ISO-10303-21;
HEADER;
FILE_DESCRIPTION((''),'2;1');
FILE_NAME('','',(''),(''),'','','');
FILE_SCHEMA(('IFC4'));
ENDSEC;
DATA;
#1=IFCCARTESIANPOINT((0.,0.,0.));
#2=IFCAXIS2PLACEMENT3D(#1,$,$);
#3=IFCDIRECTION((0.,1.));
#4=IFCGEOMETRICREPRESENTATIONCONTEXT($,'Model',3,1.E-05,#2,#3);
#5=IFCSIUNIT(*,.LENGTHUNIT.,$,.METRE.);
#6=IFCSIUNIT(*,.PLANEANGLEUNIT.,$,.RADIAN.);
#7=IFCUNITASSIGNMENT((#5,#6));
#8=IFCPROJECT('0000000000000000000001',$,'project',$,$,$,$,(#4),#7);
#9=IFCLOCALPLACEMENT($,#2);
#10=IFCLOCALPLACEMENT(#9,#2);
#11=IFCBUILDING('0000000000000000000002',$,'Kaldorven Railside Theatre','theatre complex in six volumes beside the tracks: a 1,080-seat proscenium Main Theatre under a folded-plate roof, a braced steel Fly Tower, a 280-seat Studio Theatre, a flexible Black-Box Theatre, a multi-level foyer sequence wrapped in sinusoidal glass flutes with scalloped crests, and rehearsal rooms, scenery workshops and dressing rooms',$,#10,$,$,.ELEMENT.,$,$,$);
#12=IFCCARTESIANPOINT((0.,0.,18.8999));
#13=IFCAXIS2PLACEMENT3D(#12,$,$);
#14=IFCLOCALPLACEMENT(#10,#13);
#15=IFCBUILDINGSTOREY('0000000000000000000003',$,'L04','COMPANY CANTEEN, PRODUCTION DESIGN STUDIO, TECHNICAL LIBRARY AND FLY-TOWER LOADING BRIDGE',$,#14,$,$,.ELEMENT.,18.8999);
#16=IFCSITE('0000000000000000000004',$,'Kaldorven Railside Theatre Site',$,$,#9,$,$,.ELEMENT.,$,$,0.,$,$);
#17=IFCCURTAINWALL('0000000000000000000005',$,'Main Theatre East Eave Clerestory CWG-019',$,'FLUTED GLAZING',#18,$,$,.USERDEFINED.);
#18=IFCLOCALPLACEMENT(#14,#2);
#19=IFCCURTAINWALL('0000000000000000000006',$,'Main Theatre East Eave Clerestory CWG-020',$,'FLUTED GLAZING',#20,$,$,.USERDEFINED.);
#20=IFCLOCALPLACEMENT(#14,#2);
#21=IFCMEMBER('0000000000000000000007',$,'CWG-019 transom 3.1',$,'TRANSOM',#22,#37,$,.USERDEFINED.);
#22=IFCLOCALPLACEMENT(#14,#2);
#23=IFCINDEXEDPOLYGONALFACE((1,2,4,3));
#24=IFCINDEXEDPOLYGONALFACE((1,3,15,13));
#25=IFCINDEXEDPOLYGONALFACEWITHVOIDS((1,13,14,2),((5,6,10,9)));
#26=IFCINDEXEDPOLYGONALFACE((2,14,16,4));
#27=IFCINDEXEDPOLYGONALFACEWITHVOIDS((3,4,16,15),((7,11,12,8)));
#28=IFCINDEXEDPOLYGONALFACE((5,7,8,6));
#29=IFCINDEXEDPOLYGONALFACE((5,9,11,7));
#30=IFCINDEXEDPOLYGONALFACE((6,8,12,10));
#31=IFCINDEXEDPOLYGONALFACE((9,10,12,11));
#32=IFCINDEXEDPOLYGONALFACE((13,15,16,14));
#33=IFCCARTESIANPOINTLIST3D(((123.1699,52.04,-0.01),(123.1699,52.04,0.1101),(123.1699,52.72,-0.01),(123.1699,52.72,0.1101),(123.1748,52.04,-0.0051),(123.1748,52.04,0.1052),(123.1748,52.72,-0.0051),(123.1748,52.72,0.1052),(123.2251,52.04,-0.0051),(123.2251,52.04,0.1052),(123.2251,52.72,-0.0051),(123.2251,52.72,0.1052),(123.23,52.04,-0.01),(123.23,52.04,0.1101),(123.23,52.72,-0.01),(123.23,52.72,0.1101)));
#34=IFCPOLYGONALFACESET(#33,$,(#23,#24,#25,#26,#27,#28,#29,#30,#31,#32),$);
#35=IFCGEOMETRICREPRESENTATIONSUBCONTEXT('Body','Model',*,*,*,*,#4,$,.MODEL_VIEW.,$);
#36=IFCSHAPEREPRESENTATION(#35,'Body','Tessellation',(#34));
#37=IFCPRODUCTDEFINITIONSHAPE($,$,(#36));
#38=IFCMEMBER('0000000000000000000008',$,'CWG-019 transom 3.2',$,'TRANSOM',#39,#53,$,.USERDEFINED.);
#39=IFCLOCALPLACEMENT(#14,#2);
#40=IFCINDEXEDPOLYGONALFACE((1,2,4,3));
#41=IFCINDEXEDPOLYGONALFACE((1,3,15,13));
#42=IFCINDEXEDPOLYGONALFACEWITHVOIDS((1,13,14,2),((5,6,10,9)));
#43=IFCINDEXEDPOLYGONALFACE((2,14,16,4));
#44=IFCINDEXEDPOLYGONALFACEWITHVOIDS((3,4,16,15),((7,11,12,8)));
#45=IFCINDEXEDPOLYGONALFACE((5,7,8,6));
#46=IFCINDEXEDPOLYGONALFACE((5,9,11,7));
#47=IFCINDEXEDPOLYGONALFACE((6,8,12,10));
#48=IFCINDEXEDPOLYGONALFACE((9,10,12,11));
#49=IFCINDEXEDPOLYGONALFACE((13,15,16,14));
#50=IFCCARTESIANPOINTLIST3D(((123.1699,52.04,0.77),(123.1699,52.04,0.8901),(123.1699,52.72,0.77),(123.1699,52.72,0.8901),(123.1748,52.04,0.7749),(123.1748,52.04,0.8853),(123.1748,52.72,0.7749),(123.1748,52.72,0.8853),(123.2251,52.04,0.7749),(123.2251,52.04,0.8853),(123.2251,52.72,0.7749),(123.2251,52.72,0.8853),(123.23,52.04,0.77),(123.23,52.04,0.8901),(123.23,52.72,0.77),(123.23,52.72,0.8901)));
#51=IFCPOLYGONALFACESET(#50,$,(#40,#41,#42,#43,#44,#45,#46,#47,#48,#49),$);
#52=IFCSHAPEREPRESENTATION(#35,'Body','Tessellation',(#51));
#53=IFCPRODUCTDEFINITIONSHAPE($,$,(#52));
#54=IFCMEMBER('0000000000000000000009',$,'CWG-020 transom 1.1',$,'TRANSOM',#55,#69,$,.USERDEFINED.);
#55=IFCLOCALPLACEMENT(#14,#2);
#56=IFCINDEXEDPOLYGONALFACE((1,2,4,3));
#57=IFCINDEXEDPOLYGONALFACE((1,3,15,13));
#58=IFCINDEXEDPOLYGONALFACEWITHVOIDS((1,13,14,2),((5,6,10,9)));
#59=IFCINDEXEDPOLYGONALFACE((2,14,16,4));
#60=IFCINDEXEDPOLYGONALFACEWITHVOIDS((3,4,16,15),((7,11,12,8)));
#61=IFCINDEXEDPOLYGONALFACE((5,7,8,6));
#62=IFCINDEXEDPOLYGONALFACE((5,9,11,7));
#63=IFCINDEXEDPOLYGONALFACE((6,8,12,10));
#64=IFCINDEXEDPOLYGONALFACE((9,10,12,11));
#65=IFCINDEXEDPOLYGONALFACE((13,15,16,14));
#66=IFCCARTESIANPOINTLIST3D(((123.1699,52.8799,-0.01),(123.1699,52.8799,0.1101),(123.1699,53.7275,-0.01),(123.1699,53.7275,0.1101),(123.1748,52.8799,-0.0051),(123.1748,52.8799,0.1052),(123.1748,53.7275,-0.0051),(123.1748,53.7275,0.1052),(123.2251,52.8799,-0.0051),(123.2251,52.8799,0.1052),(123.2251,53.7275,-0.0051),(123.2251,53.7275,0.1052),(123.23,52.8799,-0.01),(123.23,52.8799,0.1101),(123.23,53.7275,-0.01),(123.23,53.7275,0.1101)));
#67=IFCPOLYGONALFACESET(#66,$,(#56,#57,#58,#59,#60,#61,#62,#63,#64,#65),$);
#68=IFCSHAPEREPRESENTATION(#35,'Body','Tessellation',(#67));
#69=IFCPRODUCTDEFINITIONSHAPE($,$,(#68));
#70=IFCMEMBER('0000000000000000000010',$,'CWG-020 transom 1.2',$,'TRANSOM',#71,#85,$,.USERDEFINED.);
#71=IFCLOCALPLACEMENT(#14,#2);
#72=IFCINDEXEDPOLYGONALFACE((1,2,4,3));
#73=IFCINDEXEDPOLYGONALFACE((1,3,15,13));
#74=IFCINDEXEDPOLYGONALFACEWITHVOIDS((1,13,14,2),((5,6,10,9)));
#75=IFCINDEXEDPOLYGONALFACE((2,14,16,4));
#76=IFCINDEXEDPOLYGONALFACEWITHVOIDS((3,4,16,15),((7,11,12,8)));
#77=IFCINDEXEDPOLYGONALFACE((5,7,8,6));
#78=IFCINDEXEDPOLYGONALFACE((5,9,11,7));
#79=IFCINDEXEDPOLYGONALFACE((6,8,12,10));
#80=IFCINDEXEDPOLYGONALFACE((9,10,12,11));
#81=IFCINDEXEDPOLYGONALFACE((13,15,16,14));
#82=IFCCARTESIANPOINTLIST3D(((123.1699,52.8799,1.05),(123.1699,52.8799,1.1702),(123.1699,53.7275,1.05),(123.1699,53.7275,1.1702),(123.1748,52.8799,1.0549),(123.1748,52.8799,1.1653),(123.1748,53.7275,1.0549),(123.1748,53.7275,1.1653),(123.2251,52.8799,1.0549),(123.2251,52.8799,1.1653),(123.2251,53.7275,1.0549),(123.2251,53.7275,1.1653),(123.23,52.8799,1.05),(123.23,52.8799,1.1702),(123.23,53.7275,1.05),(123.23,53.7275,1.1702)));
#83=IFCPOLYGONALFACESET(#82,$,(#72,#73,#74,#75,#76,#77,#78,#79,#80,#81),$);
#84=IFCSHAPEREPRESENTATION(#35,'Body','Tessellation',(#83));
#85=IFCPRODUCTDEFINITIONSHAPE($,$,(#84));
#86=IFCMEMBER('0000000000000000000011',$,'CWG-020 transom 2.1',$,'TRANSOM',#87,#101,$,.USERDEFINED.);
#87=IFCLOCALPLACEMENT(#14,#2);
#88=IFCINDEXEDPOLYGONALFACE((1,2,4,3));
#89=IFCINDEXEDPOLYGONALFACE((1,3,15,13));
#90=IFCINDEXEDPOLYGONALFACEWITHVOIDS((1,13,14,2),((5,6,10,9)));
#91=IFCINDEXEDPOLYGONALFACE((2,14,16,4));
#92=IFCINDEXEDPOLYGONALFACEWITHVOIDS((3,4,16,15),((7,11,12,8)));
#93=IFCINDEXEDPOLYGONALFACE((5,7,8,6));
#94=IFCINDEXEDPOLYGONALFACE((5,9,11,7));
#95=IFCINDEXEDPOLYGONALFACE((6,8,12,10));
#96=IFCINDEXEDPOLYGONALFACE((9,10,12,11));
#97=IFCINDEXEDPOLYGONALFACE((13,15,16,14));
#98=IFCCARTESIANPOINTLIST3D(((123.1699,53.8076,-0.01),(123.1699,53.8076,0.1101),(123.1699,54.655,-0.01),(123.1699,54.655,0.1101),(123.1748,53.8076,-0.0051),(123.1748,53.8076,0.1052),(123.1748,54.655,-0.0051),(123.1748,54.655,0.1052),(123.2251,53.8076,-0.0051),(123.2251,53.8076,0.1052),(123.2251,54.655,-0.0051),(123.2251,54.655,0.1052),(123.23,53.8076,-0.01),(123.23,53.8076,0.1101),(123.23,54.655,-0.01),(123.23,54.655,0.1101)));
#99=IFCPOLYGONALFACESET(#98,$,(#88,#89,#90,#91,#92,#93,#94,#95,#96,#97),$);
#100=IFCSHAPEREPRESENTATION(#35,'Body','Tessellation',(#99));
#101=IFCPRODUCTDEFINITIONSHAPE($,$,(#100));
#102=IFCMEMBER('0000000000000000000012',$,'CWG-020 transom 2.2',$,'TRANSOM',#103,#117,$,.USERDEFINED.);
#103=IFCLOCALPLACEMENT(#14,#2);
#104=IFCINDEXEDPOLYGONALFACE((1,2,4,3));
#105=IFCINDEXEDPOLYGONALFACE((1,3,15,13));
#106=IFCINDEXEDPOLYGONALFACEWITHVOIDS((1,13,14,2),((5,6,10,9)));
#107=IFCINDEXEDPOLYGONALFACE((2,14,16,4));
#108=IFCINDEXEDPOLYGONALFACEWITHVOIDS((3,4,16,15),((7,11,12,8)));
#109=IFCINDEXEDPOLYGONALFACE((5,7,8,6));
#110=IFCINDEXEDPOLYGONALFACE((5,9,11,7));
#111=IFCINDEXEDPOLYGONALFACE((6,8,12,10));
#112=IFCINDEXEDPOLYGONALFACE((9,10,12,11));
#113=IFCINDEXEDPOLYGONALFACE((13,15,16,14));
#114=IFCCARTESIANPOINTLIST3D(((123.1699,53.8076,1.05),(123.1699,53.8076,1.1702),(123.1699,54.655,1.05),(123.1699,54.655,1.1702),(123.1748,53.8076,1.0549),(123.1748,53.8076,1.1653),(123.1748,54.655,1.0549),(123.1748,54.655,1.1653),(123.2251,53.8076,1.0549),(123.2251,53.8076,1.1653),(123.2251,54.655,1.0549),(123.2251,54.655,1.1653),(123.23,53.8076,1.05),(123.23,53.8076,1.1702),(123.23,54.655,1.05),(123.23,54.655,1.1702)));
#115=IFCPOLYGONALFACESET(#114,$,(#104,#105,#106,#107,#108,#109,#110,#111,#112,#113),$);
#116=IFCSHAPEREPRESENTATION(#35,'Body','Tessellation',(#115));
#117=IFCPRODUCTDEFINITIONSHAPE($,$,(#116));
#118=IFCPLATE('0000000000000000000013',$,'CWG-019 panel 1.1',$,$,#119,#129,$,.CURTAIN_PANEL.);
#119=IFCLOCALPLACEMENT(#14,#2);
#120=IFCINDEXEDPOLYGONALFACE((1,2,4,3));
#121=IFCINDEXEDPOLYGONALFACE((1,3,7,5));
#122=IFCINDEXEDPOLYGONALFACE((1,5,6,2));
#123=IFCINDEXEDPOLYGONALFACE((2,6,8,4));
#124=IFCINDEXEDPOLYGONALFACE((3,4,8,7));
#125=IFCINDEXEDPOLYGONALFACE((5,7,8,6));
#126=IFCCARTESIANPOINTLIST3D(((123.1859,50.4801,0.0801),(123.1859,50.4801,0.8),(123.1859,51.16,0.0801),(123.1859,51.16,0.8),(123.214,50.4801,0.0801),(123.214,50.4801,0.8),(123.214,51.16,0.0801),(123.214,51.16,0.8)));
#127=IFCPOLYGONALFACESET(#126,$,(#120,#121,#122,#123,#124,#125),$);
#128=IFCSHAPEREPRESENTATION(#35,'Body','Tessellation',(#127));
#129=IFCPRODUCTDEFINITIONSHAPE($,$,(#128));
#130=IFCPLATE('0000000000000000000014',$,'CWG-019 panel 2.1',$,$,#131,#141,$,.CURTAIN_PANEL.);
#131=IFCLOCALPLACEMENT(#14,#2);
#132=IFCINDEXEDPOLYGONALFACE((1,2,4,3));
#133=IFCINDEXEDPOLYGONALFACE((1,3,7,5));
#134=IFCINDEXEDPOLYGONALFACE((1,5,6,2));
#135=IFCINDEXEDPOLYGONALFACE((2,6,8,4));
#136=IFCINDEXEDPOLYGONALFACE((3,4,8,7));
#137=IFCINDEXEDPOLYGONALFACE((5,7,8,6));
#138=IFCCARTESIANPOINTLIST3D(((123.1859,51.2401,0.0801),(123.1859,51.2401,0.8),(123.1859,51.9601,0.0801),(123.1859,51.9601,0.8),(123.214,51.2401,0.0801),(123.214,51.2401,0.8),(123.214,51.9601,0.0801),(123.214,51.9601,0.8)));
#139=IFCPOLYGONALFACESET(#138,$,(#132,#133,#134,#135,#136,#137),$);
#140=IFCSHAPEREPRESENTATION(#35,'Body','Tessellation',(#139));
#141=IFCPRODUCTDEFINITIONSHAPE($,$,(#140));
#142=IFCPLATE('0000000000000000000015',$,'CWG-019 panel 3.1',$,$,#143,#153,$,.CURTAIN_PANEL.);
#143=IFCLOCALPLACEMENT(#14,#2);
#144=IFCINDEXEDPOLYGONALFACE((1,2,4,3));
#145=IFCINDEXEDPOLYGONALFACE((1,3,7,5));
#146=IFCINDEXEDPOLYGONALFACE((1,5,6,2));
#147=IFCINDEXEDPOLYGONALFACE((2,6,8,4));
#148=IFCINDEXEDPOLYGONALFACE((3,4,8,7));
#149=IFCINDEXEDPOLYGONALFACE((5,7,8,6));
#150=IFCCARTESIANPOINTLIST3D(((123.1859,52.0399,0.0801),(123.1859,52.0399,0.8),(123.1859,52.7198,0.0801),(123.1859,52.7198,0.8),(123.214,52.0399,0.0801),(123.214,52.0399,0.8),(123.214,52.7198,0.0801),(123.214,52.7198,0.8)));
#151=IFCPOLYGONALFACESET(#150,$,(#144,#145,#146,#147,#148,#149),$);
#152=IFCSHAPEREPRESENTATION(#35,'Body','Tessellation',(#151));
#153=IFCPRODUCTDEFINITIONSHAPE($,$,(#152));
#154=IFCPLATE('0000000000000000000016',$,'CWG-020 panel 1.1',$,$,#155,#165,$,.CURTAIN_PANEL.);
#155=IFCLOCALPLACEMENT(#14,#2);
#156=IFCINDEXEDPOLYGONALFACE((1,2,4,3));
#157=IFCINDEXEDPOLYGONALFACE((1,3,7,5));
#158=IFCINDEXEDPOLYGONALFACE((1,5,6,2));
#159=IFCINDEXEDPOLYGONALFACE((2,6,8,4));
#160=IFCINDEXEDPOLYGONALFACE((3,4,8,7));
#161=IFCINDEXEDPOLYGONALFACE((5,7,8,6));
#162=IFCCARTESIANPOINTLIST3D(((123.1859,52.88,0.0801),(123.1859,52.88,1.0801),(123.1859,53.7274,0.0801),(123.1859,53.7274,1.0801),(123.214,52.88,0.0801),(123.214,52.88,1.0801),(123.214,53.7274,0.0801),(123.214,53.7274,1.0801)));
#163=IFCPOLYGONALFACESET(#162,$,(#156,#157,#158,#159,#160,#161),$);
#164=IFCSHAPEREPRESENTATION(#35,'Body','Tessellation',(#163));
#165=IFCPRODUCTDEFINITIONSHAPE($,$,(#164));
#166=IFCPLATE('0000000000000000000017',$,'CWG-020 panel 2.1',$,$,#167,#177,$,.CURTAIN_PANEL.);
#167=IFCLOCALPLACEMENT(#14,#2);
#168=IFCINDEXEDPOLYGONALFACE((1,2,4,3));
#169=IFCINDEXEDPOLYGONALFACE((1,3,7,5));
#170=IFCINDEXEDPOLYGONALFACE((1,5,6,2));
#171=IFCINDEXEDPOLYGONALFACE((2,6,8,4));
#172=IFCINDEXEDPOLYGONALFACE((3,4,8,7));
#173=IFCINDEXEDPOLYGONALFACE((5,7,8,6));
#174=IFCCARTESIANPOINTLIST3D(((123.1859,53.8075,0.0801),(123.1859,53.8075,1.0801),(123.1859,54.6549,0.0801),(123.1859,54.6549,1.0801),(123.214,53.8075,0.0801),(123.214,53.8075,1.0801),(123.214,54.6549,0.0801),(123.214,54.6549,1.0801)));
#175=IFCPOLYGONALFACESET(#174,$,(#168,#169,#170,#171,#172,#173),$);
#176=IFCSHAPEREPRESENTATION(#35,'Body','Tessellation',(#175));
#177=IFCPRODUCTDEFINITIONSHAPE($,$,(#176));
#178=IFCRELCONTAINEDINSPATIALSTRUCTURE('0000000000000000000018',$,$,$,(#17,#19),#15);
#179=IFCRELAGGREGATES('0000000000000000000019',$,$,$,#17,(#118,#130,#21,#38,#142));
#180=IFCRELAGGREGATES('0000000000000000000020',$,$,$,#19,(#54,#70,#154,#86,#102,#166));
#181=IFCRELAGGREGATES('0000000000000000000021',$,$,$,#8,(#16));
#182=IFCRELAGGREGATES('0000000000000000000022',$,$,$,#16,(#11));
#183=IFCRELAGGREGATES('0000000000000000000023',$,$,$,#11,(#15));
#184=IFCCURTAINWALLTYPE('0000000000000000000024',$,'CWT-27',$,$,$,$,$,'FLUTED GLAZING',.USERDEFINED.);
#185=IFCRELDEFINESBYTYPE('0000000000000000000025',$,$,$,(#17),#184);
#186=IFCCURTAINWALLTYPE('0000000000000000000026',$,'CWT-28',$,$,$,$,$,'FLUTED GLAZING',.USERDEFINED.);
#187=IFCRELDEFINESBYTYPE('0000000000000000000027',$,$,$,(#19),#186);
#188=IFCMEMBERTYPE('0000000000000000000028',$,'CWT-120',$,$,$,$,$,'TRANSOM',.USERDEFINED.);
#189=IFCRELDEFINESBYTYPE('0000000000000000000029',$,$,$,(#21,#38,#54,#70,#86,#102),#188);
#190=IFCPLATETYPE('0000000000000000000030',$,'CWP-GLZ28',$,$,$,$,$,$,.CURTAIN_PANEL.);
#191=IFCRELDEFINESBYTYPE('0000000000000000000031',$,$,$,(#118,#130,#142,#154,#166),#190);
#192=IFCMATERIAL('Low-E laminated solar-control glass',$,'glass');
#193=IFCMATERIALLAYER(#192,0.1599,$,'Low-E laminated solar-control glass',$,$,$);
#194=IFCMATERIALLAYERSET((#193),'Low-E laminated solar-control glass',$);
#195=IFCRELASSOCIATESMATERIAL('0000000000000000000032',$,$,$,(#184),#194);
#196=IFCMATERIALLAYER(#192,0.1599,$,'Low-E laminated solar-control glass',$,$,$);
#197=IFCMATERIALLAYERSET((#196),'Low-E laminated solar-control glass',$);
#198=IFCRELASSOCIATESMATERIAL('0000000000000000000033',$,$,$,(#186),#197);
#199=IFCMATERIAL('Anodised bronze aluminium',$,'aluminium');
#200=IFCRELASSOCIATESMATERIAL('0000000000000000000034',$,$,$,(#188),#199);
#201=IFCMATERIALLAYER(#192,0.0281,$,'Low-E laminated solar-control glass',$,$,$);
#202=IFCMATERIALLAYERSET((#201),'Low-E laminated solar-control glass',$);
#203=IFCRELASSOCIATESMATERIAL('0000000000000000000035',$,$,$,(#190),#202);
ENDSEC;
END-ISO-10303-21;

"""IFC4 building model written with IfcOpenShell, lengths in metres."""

from ifc_helpers import new_model, si_unit, direction, frame, origin, origin_2d, place, context, subcontext, project, spatial, rectangle, hollow_rectangle, extrude, material, layer, layer_set, material_profile, profile_set, type_object, element, aggregate, save


model = new_model("IFC4")

# Units and contexts
model_context = context("Model", 3, precision=1e-05, world=origin(), true_north=direction((0.0, 1.0)))
body_context = subcontext(model_context, "Body", "Model", "MODEL_VIEW")
ifc_project = project(units=[si_unit("LENGTHUNIT", "METRE"), si_unit("PLANEANGLEUNIT", "RADIAN")], contexts=[model_context])

# Site, building, storey
site_placement = place(None, origin())
site = spatial("IfcSite", under=ifc_project, at=site_placement, Name="Kaldorven Railside Theatre Site", CompositionType="ELEMENT", RefElevation=0.0)
building_placement = place(site_placement, origin())
building = spatial("IfcBuilding", under=site, at=building_placement, Name="Kaldorven Railside Theatre", Description="theatre complex in six volumes beside the tracks: a 1,080-seat proscenium Main Theatre under a folded-plate roof, a braced steel Fly Tower, a 280-seat Studio Theatre, a flexible Black-Box Theatre, a multi-level foyer sequence wrapped in sinusoidal glass flutes with scalloped crests, and rehearsal rooms, scenery workshops and dressing rooms", CompositionType="ELEMENT")
storey_placement = place(building_placement, frame((0.0, 0.0, 18.8999)))
storey = spatial("IfcBuildingStorey", under=building, at=storey_placement, Name="L04", Description="COMPANY CANTEEN, PRODUCTION DESIGN STUDIO, TECHNICAL LIBRARY AND FLY-TOWER LOADING BRIDGE", CompositionType="ELEMENT", Elevation=18.8999)

# Curtain walls
ifc_material_1 = material(Name="Low-E laminated solar-control glass", Category="glass")
ifc_layer_1 = layer(ifc_material_1, 0.1599, Name="Low-E laminated solar-control glass")
ifc_layer_set_1 = layer_set([ifc_layer_1], Name="Low-E laminated solar-control glass")
curtain_wall_type_1 = type_object("IfcCurtainWallType", Name="CWT-27", ElementType="FLUTED GLAZING", PredefinedType="USERDEFINED", material=ifc_layer_set_1)
curtain_wall_1_placement = place(storey_placement, origin())
curtain_wall_1 = element("IfcCurtainWall", 1, at=curtain_wall_1_placement, inside=storey, type_object=curtain_wall_type_1, Name="Main Theatre East Eave Clerestory CWG-019", ObjectType="FLUTED GLAZING", PredefinedType="USERDEFINED")
ifc_material_2 = material(Name="Anodised bronze aluminium", Category="aluminium")
ifc_layer_2 = layer(ifc_material_1, 0.1599, Name="Low-E laminated solar-control glass")
ifc_layer_set_2 = layer_set([ifc_layer_2], Name="Low-E laminated solar-control glass")
curtain_wall_type_2 = type_object("IfcCurtainWallType", Name="CWT-28", ElementType="FLUTED GLAZING", PredefinedType="USERDEFINED", material=ifc_layer_set_2)
curtain_wall_2_placement = place(storey_placement, origin())
curtain_wall_2 = element("IfcCurtainWall", 2, at=curtain_wall_2_placement, inside=storey, type_object=curtain_wall_type_2, Name="Main Theatre East Eave Clerestory CWG-020", ObjectType="FLUTED GLAZING", PredefinedType="USERDEFINED")

# Members
ifc_material_profile_1 = material_profile(ifc_material_2, hollow_rectangle(XDim=0.0601, YDim=0.1201, WallThickness=0.0049, at=origin_2d()), Name="RHS 120x60x5")
ifc_profile_set_1 = profile_set([ifc_material_profile_1], Name="Anodised bronze aluminium")
member_type_1 = type_object("IfcMemberType", Name="CWT-120", ElementType="TRANSOM", PredefinedType="USERDEFINED", material=ifc_profile_set_1)
member_1_placement = place(storey_placement, frame((123.2, 52.04, 0.05), z_axis=(0.0, 1.0, 0.0), x_axis=(-1.0, 0.0, 0.0)))
member_1 = element("IfcMember", 3, at=member_1_placement, type_object=member_type_1, Name="CWG-019 transom 3.1", ObjectType="TRANSOM", PredefinedType="USERDEFINED", context=body_context, shape_type="SweptSolid", body=[
    extrude(hollow_rectangle(XDim=0.0601, YDim=0.1201, WallThickness=0.0049, at=origin_2d()), origin(), (0.0, 0.0, 1.0), 0.6799),
])
member_2_placement = place(storey_placement, frame((123.2, 52.04, 0.8301), z_axis=(0.0, 1.0, 0.0), x_axis=(-1.0, 0.0, 0.0)))
member_2 = element("IfcMember", 4, at=member_2_placement, type_object=member_type_1, Name="CWG-019 transom 3.2", ObjectType="TRANSOM", PredefinedType="USERDEFINED", context=body_context, shape_type="SweptSolid", body=[
    extrude(hollow_rectangle(XDim=0.0601, YDim=0.1201, WallThickness=0.0049, at=origin_2d()), origin(), (0.0, 0.0, 1.0), 0.6799),
])
member_3_placement = place(storey_placement, frame((123.2, 52.8799, 0.05), z_axis=(0.0, 1.0, 0.0), x_axis=(-1.0, 0.0, 0.0)))
member_3 = element("IfcMember", 5, at=member_3_placement, type_object=member_type_1, Name="CWG-020 transom 1.1", ObjectType="TRANSOM", PredefinedType="USERDEFINED", context=body_context, shape_type="SweptSolid", body=[
    extrude(hollow_rectangle(XDim=0.0601, YDim=0.1201, WallThickness=0.0049, at=origin_2d()), origin(), (0.0, 0.0, 1.0), 0.8477),
])
member_4_placement = place(storey_placement, frame((123.2, 52.8799, 1.1101), z_axis=(0.0, 1.0, 0.0), x_axis=(-1.0, 0.0, 0.0)))
member_4 = element("IfcMember", 6, at=member_4_placement, type_object=member_type_1, Name="CWG-020 transom 1.2", ObjectType="TRANSOM", PredefinedType="USERDEFINED", context=body_context, shape_type="SweptSolid", body=[
    extrude(hollow_rectangle(XDim=0.0601, YDim=0.1201, WallThickness=0.0049, at=origin_2d()), origin(), (0.0, 0.0, 1.0), 0.8477),
])
member_5_placement = place(storey_placement, frame((123.2, 53.8076, 0.05), z_axis=(0.0, 1.0, 0.0), x_axis=(-1.0, 0.0, 0.0)))
member_5 = element("IfcMember", 7, at=member_5_placement, type_object=member_type_1, Name="CWG-020 transom 2.1", ObjectType="TRANSOM", PredefinedType="USERDEFINED", context=body_context, shape_type="SweptSolid", body=[
    extrude(hollow_rectangle(XDim=0.0601, YDim=0.1201, WallThickness=0.0049, at=origin_2d()), origin(), (0.0, 0.0, 1.0), 0.8474),
])
member_6_placement = place(storey_placement, frame((123.2, 53.8076, 1.1101), z_axis=(0.0, 1.0, 0.0), x_axis=(-1.0, 0.0, 0.0)))
member_6 = element("IfcMember", 8, at=member_6_placement, type_object=member_type_1, Name="CWG-020 transom 2.2", ObjectType="TRANSOM", PredefinedType="USERDEFINED", context=body_context, shape_type="SweptSolid", body=[
    extrude(hollow_rectangle(XDim=0.0601, YDim=0.1201, WallThickness=0.0049, at=origin_2d()), origin(), (0.0, 0.0, 1.0), 0.8474),
])

# Plates
ifc_layer_3 = layer(ifc_material_1, 0.0281, Name="Low-E laminated solar-control glass")
ifc_layer_set_3 = layer_set([ifc_layer_3], Name="Low-E laminated solar-control glass")
plate_type = type_object("IfcPlateType", Name="CWP-GLZ28", PredefinedType="CURTAIN_PANEL", material=ifc_layer_set_3)
plate_1_placement = place(storey_placement, frame((123.2, 50.8201, 0.0801), z_axis=(0.0, 0.0, 1.0), x_axis=(0.0, 1.0, 0.0)))
plate_1 = element("IfcPlate", 9, at=plate_1_placement, type_object=plate_type, Name="CWG-019 panel 1.1", PredefinedType="CURTAIN_PANEL", context=body_context, shape_type="SweptSolid", body=[
    extrude(rectangle(XDim=0.6799, YDim=0.0281, at=origin_2d()), origin(), (0.0, 0.0, 1.0), 0.72),
])
plate_2_placement = place(storey_placement, frame((123.2, 51.6001, 0.0801), z_axis=(0.0, 0.0, 1.0), x_axis=(0.0, 1.0, 0.0)))
plate_2 = element("IfcPlate", 10, at=plate_2_placement, type_object=plate_type, Name="CWG-019 panel 2.1", PredefinedType="CURTAIN_PANEL", context=body_context, shape_type="SweptSolid", body=[
    extrude(rectangle(XDim=0.72, YDim=0.0281, at=origin_2d()), origin(), (0.0, 0.0, 1.0), 0.72),
])
plate_3_placement = place(storey_placement, frame((123.2, 52.3799, 0.0801), z_axis=(0.0, 0.0, 1.0), x_axis=(0.0, 1.0, 0.0)))
plate_3 = element("IfcPlate", 11, at=plate_3_placement, type_object=plate_type, Name="CWG-019 panel 3.1", PredefinedType="CURTAIN_PANEL", context=body_context, shape_type="SweptSolid", body=[
    extrude(rectangle(XDim=0.6799, YDim=0.0281, at=origin_2d()), origin(), (0.0, 0.0, 1.0), 0.72),
])
aggregate(curtain_wall_1, [plate_1, plate_2, member_1, member_2, plate_3])
plate_4_placement = place(storey_placement, frame((123.2, 53.3037, 0.0801), z_axis=(0.0, 0.0, 1.0), x_axis=(0.0, 1.0, 0.0)))
plate_4 = element("IfcPlate", 12, at=plate_4_placement, type_object=plate_type, Name="CWG-020 panel 1.1", PredefinedType="CURTAIN_PANEL", context=body_context, shape_type="SweptSolid", body=[
    extrude(rectangle(XDim=0.8474, YDim=0.0281, at=origin_2d()), origin(), (0.0, 0.0, 1.0), 1.0),
])
plate_5_placement = place(storey_placement, frame((123.2, 54.2312, 0.0801), z_axis=(0.0, 0.0, 1.0), x_axis=(0.0, 1.0, 0.0)))
plate_5 = element("IfcPlate", 13, at=plate_5_placement, type_object=plate_type, Name="CWG-020 panel 2.1", PredefinedType="CURTAIN_PANEL", context=body_context, shape_type="SweptSolid", body=[
    extrude(rectangle(XDim=0.8474, YDim=0.0281, at=origin_2d()), origin(), (0.0, 0.0, 1.0), 1.0),
])
aggregate(curtain_wall_2, [member_3, member_4, plate_4, member_5, member_6, plate_5])

save(model, "model.ifc")
